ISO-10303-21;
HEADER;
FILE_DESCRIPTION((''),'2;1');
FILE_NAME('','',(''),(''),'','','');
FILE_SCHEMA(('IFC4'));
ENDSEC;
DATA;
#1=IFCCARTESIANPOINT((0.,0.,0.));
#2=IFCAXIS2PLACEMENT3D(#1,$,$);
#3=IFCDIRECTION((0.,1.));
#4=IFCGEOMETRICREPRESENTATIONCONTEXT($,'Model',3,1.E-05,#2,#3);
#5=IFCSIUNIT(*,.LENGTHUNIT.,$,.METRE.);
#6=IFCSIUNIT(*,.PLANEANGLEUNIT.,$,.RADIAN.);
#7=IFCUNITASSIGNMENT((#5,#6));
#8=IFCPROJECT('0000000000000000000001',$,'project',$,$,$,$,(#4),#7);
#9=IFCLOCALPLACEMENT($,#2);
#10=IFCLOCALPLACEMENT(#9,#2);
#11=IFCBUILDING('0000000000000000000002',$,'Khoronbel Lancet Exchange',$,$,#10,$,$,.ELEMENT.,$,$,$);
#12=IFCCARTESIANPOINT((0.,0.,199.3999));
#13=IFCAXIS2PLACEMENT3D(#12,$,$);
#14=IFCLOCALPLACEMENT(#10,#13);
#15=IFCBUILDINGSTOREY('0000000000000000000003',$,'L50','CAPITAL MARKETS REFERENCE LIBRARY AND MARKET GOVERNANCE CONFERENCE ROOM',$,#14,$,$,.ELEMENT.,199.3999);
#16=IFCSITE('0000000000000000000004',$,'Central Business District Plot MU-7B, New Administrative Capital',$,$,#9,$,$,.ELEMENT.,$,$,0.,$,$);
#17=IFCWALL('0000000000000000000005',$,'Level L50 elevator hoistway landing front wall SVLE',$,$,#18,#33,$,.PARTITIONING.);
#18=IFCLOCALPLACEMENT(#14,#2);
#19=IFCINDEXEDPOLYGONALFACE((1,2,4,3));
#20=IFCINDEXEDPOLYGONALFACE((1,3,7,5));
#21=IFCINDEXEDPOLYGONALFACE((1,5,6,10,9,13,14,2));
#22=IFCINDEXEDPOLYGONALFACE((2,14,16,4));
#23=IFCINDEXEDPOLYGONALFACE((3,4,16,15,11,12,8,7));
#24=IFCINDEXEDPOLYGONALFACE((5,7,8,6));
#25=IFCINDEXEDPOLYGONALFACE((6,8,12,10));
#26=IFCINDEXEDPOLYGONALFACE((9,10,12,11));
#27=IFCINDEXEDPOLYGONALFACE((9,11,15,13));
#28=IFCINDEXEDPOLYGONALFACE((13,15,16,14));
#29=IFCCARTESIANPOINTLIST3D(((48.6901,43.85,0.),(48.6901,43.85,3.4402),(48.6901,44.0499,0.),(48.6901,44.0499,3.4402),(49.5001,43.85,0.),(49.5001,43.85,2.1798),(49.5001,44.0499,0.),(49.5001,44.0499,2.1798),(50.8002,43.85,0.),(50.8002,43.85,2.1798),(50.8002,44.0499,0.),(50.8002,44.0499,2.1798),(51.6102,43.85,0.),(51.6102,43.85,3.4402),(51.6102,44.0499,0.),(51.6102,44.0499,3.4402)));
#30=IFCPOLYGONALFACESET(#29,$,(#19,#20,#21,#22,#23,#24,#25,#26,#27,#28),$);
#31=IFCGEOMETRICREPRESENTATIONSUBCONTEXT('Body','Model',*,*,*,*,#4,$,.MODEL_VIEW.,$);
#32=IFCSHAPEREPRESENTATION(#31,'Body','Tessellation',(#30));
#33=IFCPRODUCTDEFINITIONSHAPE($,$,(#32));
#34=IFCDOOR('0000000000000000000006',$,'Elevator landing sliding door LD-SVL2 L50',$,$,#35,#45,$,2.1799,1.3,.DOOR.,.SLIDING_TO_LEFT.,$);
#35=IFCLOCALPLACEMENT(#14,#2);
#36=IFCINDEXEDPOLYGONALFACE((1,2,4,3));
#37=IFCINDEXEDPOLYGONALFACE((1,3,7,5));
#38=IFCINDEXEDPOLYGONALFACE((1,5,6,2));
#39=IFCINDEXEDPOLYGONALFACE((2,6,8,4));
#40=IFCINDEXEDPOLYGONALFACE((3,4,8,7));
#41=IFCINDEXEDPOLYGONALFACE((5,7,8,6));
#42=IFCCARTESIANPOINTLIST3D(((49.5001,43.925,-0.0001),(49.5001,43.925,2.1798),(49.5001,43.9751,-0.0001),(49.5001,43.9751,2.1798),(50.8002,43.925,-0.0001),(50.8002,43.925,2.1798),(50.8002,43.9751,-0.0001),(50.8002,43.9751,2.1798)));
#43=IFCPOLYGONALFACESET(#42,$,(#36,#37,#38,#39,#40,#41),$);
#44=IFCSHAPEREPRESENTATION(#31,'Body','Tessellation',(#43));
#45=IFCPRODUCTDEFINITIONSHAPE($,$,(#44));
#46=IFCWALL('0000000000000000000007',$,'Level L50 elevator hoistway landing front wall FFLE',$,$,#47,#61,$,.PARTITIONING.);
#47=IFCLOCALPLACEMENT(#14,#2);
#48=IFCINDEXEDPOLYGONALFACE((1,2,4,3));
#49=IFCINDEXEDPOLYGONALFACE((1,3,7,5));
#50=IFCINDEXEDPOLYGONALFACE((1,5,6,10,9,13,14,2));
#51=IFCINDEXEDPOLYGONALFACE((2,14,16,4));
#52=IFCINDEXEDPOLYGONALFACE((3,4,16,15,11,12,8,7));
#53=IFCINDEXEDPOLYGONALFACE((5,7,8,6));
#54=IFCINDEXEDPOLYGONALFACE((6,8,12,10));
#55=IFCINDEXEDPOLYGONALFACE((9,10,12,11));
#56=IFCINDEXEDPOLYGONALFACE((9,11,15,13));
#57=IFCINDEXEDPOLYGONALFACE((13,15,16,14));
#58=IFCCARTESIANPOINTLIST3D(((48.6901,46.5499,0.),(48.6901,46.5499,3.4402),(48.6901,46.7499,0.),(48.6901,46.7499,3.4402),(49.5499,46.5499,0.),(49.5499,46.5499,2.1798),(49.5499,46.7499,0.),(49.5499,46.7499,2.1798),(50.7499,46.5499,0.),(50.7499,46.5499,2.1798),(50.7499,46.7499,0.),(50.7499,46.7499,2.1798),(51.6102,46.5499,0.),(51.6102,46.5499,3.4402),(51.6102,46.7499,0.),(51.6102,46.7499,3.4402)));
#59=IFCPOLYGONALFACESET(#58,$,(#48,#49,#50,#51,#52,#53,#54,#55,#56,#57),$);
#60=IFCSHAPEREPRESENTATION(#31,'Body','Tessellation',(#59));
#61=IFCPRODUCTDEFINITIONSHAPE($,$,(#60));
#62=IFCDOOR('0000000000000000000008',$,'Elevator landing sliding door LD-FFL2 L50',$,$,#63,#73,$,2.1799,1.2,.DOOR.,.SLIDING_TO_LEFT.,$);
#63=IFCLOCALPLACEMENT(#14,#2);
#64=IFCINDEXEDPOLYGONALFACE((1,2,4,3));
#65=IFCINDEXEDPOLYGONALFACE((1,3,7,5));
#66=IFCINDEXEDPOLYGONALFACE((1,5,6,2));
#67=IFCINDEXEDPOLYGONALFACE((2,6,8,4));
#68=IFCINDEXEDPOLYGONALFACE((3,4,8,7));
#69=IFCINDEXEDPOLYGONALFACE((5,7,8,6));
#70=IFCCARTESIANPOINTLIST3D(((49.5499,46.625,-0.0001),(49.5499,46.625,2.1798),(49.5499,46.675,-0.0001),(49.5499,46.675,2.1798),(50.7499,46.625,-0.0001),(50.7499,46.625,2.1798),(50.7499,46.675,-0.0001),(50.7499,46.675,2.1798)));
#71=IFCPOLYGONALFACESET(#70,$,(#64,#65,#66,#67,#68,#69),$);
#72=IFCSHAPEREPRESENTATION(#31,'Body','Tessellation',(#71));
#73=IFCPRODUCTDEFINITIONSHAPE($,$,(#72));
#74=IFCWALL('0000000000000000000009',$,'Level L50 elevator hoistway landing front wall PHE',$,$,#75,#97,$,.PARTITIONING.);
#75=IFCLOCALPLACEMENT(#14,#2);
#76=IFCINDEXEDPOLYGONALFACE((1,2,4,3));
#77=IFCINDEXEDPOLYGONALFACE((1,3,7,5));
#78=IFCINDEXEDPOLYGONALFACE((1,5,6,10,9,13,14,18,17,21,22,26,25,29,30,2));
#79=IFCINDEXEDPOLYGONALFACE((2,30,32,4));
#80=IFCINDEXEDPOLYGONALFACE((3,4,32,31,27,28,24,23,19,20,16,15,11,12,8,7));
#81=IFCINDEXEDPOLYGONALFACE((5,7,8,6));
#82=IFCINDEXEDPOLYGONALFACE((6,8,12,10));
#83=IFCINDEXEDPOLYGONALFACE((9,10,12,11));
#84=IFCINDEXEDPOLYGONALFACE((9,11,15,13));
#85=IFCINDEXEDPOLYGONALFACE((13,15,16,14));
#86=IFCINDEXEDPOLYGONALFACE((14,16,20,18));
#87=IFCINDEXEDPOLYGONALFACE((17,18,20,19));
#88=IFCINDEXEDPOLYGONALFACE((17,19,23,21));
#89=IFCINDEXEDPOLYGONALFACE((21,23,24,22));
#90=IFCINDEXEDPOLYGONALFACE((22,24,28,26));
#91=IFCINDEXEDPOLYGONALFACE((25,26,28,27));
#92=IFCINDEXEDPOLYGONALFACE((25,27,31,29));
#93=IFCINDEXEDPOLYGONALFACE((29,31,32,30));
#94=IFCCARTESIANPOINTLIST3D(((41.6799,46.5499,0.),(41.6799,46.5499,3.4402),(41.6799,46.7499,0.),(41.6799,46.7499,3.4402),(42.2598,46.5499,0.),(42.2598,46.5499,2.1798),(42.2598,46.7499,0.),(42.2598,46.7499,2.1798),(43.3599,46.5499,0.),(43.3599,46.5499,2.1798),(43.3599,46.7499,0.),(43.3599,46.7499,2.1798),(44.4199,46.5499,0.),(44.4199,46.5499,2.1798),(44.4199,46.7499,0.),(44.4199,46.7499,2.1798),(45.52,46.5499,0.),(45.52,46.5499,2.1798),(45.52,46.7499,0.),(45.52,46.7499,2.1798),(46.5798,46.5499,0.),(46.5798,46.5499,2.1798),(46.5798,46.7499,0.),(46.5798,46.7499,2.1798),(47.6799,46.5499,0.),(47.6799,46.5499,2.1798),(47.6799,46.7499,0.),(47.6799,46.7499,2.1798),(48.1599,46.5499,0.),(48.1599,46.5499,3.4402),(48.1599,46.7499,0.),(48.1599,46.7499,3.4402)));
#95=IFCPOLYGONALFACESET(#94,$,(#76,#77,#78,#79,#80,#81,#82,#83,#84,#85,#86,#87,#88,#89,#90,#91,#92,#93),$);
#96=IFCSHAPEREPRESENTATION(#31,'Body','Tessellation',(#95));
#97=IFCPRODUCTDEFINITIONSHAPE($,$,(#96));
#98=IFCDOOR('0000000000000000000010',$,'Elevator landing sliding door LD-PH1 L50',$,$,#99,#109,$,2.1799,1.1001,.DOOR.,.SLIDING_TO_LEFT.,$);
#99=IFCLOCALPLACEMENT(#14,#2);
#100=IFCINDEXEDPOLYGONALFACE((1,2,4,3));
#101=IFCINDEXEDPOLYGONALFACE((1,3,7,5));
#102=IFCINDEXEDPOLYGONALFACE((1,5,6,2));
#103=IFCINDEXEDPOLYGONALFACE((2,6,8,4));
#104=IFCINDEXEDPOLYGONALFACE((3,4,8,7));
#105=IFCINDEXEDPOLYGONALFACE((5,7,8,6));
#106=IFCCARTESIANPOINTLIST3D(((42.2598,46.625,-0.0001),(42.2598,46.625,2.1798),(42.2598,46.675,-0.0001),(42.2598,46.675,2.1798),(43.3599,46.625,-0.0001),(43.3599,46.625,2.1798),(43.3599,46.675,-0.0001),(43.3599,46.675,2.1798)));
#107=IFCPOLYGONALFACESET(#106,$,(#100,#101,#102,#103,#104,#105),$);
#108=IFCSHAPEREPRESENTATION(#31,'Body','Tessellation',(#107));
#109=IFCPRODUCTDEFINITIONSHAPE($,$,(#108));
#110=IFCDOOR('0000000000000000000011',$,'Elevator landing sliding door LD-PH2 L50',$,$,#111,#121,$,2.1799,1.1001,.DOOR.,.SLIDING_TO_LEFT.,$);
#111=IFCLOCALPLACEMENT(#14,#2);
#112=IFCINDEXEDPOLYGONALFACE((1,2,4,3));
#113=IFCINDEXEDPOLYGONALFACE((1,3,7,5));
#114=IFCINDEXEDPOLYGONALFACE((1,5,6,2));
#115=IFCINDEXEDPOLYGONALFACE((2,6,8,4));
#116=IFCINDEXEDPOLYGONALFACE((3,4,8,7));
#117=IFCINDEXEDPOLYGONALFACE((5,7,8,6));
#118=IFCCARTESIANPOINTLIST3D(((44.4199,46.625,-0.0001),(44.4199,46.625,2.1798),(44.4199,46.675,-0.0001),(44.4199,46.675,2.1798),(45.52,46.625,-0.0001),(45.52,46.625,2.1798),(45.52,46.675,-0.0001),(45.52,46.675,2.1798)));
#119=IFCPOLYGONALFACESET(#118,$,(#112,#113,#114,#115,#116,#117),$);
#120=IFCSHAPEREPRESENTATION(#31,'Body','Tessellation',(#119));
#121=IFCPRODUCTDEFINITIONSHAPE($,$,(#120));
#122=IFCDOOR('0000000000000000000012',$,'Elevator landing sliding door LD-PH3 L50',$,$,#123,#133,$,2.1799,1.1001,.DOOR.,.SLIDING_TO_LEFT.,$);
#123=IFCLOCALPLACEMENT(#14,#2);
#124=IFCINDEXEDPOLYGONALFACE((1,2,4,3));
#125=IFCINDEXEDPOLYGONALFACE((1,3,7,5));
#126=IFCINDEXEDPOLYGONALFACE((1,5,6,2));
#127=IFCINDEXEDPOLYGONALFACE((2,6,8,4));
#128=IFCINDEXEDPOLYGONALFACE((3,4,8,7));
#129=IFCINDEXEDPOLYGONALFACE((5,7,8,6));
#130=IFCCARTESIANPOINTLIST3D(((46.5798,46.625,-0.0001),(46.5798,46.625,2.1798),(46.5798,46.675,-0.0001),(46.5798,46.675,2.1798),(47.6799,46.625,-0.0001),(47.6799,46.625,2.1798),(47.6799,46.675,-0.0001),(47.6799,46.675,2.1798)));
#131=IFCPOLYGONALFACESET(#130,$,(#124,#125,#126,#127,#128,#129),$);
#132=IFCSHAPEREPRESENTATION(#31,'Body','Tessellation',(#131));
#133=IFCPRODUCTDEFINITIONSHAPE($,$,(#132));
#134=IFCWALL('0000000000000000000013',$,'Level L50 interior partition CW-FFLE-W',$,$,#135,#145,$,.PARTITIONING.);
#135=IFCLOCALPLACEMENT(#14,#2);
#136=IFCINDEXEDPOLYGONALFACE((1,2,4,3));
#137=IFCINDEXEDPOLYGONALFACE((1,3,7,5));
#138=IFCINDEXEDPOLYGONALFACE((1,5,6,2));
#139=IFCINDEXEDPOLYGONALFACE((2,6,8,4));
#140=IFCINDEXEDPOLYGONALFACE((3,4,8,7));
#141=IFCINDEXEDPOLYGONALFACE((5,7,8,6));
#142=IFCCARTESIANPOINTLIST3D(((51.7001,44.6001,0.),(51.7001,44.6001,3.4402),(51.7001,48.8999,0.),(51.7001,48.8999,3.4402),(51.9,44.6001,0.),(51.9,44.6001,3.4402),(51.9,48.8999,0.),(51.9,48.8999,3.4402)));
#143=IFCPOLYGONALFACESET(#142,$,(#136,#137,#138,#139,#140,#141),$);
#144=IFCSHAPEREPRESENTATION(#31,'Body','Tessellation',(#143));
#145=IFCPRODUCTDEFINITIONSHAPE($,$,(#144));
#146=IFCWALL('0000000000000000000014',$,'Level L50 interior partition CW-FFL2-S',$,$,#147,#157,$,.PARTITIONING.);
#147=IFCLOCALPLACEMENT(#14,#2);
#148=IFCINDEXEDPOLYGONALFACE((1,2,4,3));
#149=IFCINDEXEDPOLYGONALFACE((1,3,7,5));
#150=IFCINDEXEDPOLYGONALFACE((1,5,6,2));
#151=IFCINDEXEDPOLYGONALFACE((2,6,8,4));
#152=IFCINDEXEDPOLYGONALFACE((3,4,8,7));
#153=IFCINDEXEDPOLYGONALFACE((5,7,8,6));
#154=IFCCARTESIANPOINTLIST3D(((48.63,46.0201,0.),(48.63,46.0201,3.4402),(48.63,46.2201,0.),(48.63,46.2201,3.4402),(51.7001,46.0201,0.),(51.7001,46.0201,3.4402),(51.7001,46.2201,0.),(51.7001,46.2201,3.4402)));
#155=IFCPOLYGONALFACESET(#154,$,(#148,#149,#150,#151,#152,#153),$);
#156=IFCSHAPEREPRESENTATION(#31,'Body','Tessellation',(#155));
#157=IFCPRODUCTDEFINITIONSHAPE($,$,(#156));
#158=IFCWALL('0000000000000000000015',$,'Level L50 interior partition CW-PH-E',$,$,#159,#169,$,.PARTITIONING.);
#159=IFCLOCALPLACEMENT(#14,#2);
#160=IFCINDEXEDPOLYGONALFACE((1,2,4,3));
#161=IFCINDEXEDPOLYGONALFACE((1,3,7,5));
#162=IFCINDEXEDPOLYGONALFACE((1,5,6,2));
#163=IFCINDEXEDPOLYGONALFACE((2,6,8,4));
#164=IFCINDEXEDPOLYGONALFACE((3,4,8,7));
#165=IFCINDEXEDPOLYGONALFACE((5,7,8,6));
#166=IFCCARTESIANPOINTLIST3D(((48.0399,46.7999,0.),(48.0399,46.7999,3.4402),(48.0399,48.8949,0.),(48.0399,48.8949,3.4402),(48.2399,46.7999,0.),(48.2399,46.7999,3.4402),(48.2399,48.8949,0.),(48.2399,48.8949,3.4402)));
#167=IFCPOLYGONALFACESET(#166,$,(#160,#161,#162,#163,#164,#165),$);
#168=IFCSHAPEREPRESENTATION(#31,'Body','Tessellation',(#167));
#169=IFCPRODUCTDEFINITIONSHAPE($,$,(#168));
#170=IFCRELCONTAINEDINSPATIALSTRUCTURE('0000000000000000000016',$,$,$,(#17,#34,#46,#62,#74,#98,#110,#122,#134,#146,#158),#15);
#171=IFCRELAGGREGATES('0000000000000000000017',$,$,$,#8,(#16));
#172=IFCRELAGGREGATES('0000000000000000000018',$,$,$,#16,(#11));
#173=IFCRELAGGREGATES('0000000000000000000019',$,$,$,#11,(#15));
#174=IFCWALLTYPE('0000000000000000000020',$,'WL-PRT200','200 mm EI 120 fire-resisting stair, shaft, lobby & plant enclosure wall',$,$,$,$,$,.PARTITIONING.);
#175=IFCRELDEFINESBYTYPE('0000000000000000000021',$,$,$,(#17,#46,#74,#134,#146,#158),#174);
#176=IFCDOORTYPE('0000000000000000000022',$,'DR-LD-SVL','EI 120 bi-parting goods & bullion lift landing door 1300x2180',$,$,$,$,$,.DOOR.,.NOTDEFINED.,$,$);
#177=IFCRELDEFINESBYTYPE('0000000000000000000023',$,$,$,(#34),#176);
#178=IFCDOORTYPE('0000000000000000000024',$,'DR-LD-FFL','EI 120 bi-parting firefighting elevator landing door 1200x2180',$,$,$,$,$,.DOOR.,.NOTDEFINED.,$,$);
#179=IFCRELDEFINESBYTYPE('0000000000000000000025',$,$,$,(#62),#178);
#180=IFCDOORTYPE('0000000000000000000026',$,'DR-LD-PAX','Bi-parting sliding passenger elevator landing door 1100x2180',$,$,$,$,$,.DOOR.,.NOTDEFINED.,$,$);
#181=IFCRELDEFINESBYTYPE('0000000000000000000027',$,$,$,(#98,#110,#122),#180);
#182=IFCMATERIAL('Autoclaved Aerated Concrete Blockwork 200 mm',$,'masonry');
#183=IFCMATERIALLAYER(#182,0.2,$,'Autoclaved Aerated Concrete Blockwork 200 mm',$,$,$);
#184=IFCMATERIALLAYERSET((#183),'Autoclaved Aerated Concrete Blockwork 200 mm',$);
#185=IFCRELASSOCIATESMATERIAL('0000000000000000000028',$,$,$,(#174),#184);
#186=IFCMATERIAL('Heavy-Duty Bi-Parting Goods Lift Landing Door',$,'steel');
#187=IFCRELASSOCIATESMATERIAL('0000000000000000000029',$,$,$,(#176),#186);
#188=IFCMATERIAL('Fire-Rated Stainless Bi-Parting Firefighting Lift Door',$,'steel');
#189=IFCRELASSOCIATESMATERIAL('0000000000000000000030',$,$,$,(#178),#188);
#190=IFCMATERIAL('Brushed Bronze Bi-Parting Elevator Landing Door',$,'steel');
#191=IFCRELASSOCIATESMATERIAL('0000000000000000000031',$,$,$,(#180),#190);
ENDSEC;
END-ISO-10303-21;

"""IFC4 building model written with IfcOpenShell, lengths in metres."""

from ifc_helpers import new_model, si_unit, direction, frame, frame_2d, origin, place, context, subcontext, project, spatial, rectangle, extrude, material, layer, layer_set, type_object, element, fill, save


model = new_model("IFC4")

# Units and contexts
model_context = context("Model", 3, precision=1e-05, world=origin(), true_north=direction((0.0, 1.0)))
body_context = subcontext(model_context, "Body", "Model", "MODEL_VIEW")
ifc_project = project(units=[si_unit("LENGTHUNIT", "METRE"), si_unit("PLANEANGLEUNIT", "RADIAN")], contexts=[model_context])

# Site, building, storey
site_placement = place(None, origin())
site = spatial("IfcSite", under=ifc_project, at=site_placement, Name="Central Business District Plot MU-7B, New Administrative Capital", CompositionType="ELEMENT", RefElevation=0.0)
building_placement = place(site_placement, origin())
building = spatial("IfcBuilding", under=site, at=building_placement, Name="Khoronbel Lancet Exchange", CompositionType="ELEMENT")
storey_placement = place(building_placement, frame((0.0, 0.0, 199.3999)))
storey = spatial("IfcBuildingStorey", under=building, at=storey_placement, Name="L50", Description="CAPITAL MARKETS REFERENCE LIBRARY AND MARKET GOVERNANCE CONFERENCE ROOM", CompositionType="ELEMENT", Elevation=199.3999)

# Walls, openings, doors
ifc_material_1 = material(Name="Autoclaved Aerated Concrete Blockwork 200 mm", Category="masonry")
ifc_layer_1 = layer(ifc_material_1, 0.2, Name="Autoclaved Aerated Concrete Blockwork 200 mm")
ifc_layer_set_1 = layer_set([ifc_layer_1], Name="Autoclaved Aerated Concrete Blockwork 200 mm")
wall_type_1 = type_object("IfcWallType", Name="WL-PRT200", Description="200 mm EI 120 fire-resisting stair, shaft, lobby & plant enclosure wall", PredefinedType="PARTITIONING", material=ifc_layer_set_1)
wall_1_placement = place(storey_placement, frame((51.6101, 43.95, 0.0), z_axis=(0.0, 0.0, 1.0), x_axis=(-1.0, 0.0, 0.0)))
wall_1 = element("IfcWall", 1, at=wall_1_placement, inside=storey, type_object=wall_type_1, Name="Level L50 elevator hoistway landing front wall SVLE", PredefinedType="PARTITIONING", context=body_context, shape_type="SweptSolid", body=[
    extrude(rectangle(XDim=2.9202, YDim=0.2, at=frame_2d((1.46, 0.0))), origin(), (0.0, 0.0, 1.0), 3.4402),
])
opening_1_placement = place(wall_1_placement, frame((0.8101, 0.0, 0.0)))
opening_1 = element("IfcOpeningElement", 2, at=opening_1_placement, cuts=wall_1, PredefinedType="OPENING", context=body_context, shape_type="SweptSolid", body=[
    extrude(rectangle(XDim=1.3, YDim=2.1799, at=frame_2d((0.6499, 1.0898))), frame((0.0, 0.1099, 0.0), z_axis=(0.0, -1.0, 0.0), x_axis=(1.0, 0.0, 0.0)), (0.0, 0.0, 1.0), 0.22),
])
ifc_material_2 = material(Name="Heavy-Duty Bi-Parting Goods Lift Landing Door", Category="steel")
door_type_1 = type_object("IfcDoorType", Name="DR-LD-SVL", Description="EI 120 bi-parting goods & bullion lift landing door 1300x2180", OperationType="NOTDEFINED", PredefinedType="DOOR", material=ifc_material_2)
door_1_placement = place(opening_1_placement, origin())
door_1 = element("IfcDoor", 3, at=door_1_placement, inside=storey, type_object=door_type_1, Name="Elevator landing sliding door LD-SVL2 L50", OperationType="SLIDING_TO_LEFT", OverallHeight=2.1799, OverallWidth=1.3, PredefinedType="DOOR", context=body_context, shape_type="SweptSolid", body=[
    extrude(rectangle(XDim=1.3, YDim=2.1799, at=frame_2d((0.6499, 1.0898))), frame((0.0, 0.0249, 0.0), z_axis=(0.0, -1.0, 0.0), x_axis=(1.0, 0.0, 0.0)), (0.0, 0.0, 1.0), 0.05),
])
fill(opening_1, door_1)
wall_2_placement = place(storey_placement, frame((51.6101, 46.6499, 0.0), z_axis=(0.0, 0.0, 1.0), x_axis=(-1.0, 0.0, 0.0)))
wall_2 = element("IfcWall", 4, at=wall_2_placement, inside=storey, type_object=wall_type_1, Name="Level L50 elevator hoistway landing front wall FFLE", PredefinedType="PARTITIONING", context=body_context, shape_type="SweptSolid", body=[
    extrude(rectangle(XDim=2.9202, YDim=0.2, at=frame_2d((1.46, 0.0))), origin(), (0.0, 0.0, 1.0), 3.4402),
])
opening_2_placement = place(wall_2_placement, frame((0.8601, 0.0, 0.0)))
opening_2 = element("IfcOpeningElement", 5, at=opening_2_placement, cuts=wall_2, PredefinedType="OPENING", context=body_context, shape_type="SweptSolid", body=[
    extrude(rectangle(XDim=1.2, YDim=2.1799, at=frame_2d((0.6001, 1.0898))), frame((0.0, 0.1099, 0.0), z_axis=(0.0, -1.0, 0.0), x_axis=(1.0, 0.0, 0.0)), (0.0, 0.0, 1.0), 0.22),
])
ifc_material_3 = material(Name="Fire-Rated Stainless Bi-Parting Firefighting Lift Door", Category="steel")
door_type_2 = type_object("IfcDoorType", Name="DR-LD-FFL", Description="EI 120 bi-parting firefighting elevator landing door 1200x2180", OperationType="NOTDEFINED", PredefinedType="DOOR", material=ifc_material_3)
door_2_placement = place(opening_2_placement, origin())
door_2 = element("IfcDoor", 6, at=door_2_placement, inside=storey, type_object=door_type_2, Name="Elevator landing sliding door LD-FFL2 L50", OperationType="SLIDING_TO_LEFT", OverallHeight=2.1799, OverallWidth=1.2, PredefinedType="DOOR", context=body_context, shape_type="SweptSolid", body=[
    extrude(rectangle(XDim=1.2, YDim=2.1799, at=frame_2d((0.6001, 1.0898))), frame((0.0, 0.0249, 0.0), z_axis=(0.0, -1.0, 0.0), x_axis=(1.0, 0.0, 0.0)), (0.0, 0.0, 1.0), 0.05),
])
fill(opening_2, door_2)

# Wall, openings, doors
wall_3_placement = place(storey_placement, frame((48.1599, 46.6499, 0.0), z_axis=(0.0, 0.0, 1.0), x_axis=(-1.0, 0.0, 0.0)))
wall_3 = element("IfcWall", 7, at=wall_3_placement, inside=storey, type_object=wall_type_1, Name="Level L50 elevator hoistway landing front wall PHE", PredefinedType="PARTITIONING", context=body_context, shape_type="SweptSolid", body=[
    extrude(rectangle(XDim=6.48, YDim=0.2, at=frame_2d((3.24, 0.0))), origin(), (0.0, 0.0, 1.0), 3.4402),
])
opening_3_placement = place(wall_3_placement, frame((4.8, 0.0, 0.0)))
opening_3 = element("IfcOpeningElement", 8, at=opening_3_placement, cuts=wall_3, PredefinedType="OPENING", context=body_context, shape_type="SweptSolid", body=[
    extrude(rectangle(XDim=1.1001, YDim=2.1799, at=frame_2d((0.55, 1.0898))), frame((0.0, 0.1099, 0.0), z_axis=(0.0, -1.0, 0.0), x_axis=(1.0, 0.0, 0.0)), (0.0, 0.0, 1.0), 0.22),
])
opening_4_placement = place(wall_3_placement, frame((2.6399, 0.0, 0.0)))
opening_4 = element("IfcOpeningElement", 9, at=opening_4_placement, cuts=wall_3, PredefinedType="OPENING", context=body_context, shape_type="SweptSolid", body=[
    extrude(rectangle(XDim=1.1001, YDim=2.1799, at=frame_2d((0.55, 1.0898))), frame((0.0, 0.1099, 0.0), z_axis=(0.0, -1.0, 0.0), x_axis=(1.0, 0.0, 0.0)), (0.0, 0.0, 1.0), 0.22),
])
opening_5_placement = place(wall_3_placement, frame((0.48, 0.0, 0.0)))
opening_5 = element("IfcOpeningElement", 10, at=opening_5_placement, cuts=wall_3, PredefinedType="OPENING", context=body_context, shape_type="SweptSolid", body=[
    extrude(rectangle(XDim=1.1001, YDim=2.1799, at=frame_2d((0.55, 1.0898))), frame((0.0, 0.1099, 0.0), z_axis=(0.0, -1.0, 0.0), x_axis=(1.0, 0.0, 0.0)), (0.0, 0.0, 1.0), 0.22),
])
ifc_material_4 = material(Name="Brushed Bronze Bi-Parting Elevator Landing Door", Category="steel")
door_type_3 = type_object("IfcDoorType", Name="DR-LD-PAX", Description="Bi-parting sliding passenger elevator landing door 1100x2180", OperationType="NOTDEFINED", PredefinedType="DOOR", material=ifc_material_4)
door_3_placement = place(opening_3_placement, origin())
door_3 = element("IfcDoor", 11, at=door_3_placement, inside=storey, type_object=door_type_3, Name="Elevator landing sliding door LD-PH1 L50", OperationType="SLIDING_TO_LEFT", OverallHeight=2.1799, OverallWidth=1.1001, PredefinedType="DOOR", context=body_context, shape_type="SweptSolid", body=[
    extrude(rectangle(XDim=1.1001, YDim=2.1799, at=frame_2d((0.55, 1.0898))), frame((0.0, 0.0249, 0.0), z_axis=(0.0, -1.0, 0.0), x_axis=(1.0, 0.0, 0.0)), (0.0, 0.0, 1.0), 0.05),
])
fill(opening_3, door_3)
door_4_placement = place(opening_4_placement, origin())
door_4 = element("IfcDoor", 12, at=door_4_placement, inside=storey, type_object=door_type_3, Name="Elevator landing sliding door LD-PH2 L50", OperationType="SLIDING_TO_LEFT", OverallHeight=2.1799, OverallWidth=1.1001, PredefinedType="DOOR", context=body_context, shape_type="SweptSolid", body=[
    extrude(rectangle(XDim=1.1001, YDim=2.1799, at=frame_2d((0.55, 1.0898))), frame((0.0, 0.0249, 0.0), z_axis=(0.0, -1.0, 0.0), x_axis=(1.0, 0.0, 0.0)), (0.0, 0.0, 1.0), 0.05),
])
fill(opening_4, door_4)
door_5_placement = place(opening_5_placement, origin())
door_5 = element("IfcDoor", 13, at=door_5_placement, inside=storey, type_object=door_type_3, Name="Elevator landing sliding door LD-PH3 L50", OperationType="SLIDING_TO_LEFT", OverallHeight=2.1799, OverallWidth=1.1001, PredefinedType="DOOR", context=body_context, shape_type="SweptSolid", body=[
    extrude(rectangle(XDim=1.1001, YDim=2.1799, at=frame_2d((0.55, 1.0898))), frame((0.0, 0.0249, 0.0), z_axis=(0.0, -1.0, 0.0), x_axis=(1.0, 0.0, 0.0)), (0.0, 0.0, 1.0), 0.05),
])
fill(opening_5, door_5)

# Walls
wall_4_placement = place(storey_placement, frame((51.8, 44.6001, 0.0), z_axis=(0.0, 0.0, 1.0), x_axis=(0.0, 1.0, 0.0)))
element("IfcWall", 14, at=wall_4_placement, inside=storey, type_object=wall_type_1, Name="Level L50 interior partition CW-FFLE-W", PredefinedType="PARTITIONING", context=body_context, shape_type="SweptSolid", body=[
    extrude(rectangle(XDim=4.2998, YDim=0.2, at=frame_2d((2.1499, 0.0))), origin(), (0.0, 0.0, 1.0), 3.4402),
])
wall_5_placement = place(storey_placement, frame((48.6299, 46.1201, 0.0), z_axis=(0.0, 0.0, 1.0), x_axis=(1.0, 0.0, 0.0)))
element("IfcWall", 15, at=wall_5_placement, inside=storey, type_object=wall_type_1, Name="Level L50 interior partition CW-FFL2-S", PredefinedType="PARTITIONING", context=body_context, shape_type="SweptSolid", body=[
    extrude(rectangle(XDim=3.0701, YDim=0.2, at=frame_2d((1.5352, 0.0))), origin(), (0.0, 0.0, 1.0), 3.4402),
])

# Wall
wall_6_placement = place(storey_placement, frame((48.1399, 46.8, 0.0), z_axis=(0.0, 0.0, 1.0), x_axis=(0.0, 1.0, 0.0)))
element("IfcWall", 16, at=wall_6_placement, inside=storey, type_object=wall_type_1, Name="Level L50 interior partition CW-PH-E", PredefinedType="PARTITIONING", context=body_context, shape_type="SweptSolid", body=[
    extrude(rectangle(XDim=2.095, YDim=0.2, at=frame_2d((1.0474, 0.0))), origin(), (0.0, 0.0, 1.0), 3.4402),
])

save(model, "model.ifc")
